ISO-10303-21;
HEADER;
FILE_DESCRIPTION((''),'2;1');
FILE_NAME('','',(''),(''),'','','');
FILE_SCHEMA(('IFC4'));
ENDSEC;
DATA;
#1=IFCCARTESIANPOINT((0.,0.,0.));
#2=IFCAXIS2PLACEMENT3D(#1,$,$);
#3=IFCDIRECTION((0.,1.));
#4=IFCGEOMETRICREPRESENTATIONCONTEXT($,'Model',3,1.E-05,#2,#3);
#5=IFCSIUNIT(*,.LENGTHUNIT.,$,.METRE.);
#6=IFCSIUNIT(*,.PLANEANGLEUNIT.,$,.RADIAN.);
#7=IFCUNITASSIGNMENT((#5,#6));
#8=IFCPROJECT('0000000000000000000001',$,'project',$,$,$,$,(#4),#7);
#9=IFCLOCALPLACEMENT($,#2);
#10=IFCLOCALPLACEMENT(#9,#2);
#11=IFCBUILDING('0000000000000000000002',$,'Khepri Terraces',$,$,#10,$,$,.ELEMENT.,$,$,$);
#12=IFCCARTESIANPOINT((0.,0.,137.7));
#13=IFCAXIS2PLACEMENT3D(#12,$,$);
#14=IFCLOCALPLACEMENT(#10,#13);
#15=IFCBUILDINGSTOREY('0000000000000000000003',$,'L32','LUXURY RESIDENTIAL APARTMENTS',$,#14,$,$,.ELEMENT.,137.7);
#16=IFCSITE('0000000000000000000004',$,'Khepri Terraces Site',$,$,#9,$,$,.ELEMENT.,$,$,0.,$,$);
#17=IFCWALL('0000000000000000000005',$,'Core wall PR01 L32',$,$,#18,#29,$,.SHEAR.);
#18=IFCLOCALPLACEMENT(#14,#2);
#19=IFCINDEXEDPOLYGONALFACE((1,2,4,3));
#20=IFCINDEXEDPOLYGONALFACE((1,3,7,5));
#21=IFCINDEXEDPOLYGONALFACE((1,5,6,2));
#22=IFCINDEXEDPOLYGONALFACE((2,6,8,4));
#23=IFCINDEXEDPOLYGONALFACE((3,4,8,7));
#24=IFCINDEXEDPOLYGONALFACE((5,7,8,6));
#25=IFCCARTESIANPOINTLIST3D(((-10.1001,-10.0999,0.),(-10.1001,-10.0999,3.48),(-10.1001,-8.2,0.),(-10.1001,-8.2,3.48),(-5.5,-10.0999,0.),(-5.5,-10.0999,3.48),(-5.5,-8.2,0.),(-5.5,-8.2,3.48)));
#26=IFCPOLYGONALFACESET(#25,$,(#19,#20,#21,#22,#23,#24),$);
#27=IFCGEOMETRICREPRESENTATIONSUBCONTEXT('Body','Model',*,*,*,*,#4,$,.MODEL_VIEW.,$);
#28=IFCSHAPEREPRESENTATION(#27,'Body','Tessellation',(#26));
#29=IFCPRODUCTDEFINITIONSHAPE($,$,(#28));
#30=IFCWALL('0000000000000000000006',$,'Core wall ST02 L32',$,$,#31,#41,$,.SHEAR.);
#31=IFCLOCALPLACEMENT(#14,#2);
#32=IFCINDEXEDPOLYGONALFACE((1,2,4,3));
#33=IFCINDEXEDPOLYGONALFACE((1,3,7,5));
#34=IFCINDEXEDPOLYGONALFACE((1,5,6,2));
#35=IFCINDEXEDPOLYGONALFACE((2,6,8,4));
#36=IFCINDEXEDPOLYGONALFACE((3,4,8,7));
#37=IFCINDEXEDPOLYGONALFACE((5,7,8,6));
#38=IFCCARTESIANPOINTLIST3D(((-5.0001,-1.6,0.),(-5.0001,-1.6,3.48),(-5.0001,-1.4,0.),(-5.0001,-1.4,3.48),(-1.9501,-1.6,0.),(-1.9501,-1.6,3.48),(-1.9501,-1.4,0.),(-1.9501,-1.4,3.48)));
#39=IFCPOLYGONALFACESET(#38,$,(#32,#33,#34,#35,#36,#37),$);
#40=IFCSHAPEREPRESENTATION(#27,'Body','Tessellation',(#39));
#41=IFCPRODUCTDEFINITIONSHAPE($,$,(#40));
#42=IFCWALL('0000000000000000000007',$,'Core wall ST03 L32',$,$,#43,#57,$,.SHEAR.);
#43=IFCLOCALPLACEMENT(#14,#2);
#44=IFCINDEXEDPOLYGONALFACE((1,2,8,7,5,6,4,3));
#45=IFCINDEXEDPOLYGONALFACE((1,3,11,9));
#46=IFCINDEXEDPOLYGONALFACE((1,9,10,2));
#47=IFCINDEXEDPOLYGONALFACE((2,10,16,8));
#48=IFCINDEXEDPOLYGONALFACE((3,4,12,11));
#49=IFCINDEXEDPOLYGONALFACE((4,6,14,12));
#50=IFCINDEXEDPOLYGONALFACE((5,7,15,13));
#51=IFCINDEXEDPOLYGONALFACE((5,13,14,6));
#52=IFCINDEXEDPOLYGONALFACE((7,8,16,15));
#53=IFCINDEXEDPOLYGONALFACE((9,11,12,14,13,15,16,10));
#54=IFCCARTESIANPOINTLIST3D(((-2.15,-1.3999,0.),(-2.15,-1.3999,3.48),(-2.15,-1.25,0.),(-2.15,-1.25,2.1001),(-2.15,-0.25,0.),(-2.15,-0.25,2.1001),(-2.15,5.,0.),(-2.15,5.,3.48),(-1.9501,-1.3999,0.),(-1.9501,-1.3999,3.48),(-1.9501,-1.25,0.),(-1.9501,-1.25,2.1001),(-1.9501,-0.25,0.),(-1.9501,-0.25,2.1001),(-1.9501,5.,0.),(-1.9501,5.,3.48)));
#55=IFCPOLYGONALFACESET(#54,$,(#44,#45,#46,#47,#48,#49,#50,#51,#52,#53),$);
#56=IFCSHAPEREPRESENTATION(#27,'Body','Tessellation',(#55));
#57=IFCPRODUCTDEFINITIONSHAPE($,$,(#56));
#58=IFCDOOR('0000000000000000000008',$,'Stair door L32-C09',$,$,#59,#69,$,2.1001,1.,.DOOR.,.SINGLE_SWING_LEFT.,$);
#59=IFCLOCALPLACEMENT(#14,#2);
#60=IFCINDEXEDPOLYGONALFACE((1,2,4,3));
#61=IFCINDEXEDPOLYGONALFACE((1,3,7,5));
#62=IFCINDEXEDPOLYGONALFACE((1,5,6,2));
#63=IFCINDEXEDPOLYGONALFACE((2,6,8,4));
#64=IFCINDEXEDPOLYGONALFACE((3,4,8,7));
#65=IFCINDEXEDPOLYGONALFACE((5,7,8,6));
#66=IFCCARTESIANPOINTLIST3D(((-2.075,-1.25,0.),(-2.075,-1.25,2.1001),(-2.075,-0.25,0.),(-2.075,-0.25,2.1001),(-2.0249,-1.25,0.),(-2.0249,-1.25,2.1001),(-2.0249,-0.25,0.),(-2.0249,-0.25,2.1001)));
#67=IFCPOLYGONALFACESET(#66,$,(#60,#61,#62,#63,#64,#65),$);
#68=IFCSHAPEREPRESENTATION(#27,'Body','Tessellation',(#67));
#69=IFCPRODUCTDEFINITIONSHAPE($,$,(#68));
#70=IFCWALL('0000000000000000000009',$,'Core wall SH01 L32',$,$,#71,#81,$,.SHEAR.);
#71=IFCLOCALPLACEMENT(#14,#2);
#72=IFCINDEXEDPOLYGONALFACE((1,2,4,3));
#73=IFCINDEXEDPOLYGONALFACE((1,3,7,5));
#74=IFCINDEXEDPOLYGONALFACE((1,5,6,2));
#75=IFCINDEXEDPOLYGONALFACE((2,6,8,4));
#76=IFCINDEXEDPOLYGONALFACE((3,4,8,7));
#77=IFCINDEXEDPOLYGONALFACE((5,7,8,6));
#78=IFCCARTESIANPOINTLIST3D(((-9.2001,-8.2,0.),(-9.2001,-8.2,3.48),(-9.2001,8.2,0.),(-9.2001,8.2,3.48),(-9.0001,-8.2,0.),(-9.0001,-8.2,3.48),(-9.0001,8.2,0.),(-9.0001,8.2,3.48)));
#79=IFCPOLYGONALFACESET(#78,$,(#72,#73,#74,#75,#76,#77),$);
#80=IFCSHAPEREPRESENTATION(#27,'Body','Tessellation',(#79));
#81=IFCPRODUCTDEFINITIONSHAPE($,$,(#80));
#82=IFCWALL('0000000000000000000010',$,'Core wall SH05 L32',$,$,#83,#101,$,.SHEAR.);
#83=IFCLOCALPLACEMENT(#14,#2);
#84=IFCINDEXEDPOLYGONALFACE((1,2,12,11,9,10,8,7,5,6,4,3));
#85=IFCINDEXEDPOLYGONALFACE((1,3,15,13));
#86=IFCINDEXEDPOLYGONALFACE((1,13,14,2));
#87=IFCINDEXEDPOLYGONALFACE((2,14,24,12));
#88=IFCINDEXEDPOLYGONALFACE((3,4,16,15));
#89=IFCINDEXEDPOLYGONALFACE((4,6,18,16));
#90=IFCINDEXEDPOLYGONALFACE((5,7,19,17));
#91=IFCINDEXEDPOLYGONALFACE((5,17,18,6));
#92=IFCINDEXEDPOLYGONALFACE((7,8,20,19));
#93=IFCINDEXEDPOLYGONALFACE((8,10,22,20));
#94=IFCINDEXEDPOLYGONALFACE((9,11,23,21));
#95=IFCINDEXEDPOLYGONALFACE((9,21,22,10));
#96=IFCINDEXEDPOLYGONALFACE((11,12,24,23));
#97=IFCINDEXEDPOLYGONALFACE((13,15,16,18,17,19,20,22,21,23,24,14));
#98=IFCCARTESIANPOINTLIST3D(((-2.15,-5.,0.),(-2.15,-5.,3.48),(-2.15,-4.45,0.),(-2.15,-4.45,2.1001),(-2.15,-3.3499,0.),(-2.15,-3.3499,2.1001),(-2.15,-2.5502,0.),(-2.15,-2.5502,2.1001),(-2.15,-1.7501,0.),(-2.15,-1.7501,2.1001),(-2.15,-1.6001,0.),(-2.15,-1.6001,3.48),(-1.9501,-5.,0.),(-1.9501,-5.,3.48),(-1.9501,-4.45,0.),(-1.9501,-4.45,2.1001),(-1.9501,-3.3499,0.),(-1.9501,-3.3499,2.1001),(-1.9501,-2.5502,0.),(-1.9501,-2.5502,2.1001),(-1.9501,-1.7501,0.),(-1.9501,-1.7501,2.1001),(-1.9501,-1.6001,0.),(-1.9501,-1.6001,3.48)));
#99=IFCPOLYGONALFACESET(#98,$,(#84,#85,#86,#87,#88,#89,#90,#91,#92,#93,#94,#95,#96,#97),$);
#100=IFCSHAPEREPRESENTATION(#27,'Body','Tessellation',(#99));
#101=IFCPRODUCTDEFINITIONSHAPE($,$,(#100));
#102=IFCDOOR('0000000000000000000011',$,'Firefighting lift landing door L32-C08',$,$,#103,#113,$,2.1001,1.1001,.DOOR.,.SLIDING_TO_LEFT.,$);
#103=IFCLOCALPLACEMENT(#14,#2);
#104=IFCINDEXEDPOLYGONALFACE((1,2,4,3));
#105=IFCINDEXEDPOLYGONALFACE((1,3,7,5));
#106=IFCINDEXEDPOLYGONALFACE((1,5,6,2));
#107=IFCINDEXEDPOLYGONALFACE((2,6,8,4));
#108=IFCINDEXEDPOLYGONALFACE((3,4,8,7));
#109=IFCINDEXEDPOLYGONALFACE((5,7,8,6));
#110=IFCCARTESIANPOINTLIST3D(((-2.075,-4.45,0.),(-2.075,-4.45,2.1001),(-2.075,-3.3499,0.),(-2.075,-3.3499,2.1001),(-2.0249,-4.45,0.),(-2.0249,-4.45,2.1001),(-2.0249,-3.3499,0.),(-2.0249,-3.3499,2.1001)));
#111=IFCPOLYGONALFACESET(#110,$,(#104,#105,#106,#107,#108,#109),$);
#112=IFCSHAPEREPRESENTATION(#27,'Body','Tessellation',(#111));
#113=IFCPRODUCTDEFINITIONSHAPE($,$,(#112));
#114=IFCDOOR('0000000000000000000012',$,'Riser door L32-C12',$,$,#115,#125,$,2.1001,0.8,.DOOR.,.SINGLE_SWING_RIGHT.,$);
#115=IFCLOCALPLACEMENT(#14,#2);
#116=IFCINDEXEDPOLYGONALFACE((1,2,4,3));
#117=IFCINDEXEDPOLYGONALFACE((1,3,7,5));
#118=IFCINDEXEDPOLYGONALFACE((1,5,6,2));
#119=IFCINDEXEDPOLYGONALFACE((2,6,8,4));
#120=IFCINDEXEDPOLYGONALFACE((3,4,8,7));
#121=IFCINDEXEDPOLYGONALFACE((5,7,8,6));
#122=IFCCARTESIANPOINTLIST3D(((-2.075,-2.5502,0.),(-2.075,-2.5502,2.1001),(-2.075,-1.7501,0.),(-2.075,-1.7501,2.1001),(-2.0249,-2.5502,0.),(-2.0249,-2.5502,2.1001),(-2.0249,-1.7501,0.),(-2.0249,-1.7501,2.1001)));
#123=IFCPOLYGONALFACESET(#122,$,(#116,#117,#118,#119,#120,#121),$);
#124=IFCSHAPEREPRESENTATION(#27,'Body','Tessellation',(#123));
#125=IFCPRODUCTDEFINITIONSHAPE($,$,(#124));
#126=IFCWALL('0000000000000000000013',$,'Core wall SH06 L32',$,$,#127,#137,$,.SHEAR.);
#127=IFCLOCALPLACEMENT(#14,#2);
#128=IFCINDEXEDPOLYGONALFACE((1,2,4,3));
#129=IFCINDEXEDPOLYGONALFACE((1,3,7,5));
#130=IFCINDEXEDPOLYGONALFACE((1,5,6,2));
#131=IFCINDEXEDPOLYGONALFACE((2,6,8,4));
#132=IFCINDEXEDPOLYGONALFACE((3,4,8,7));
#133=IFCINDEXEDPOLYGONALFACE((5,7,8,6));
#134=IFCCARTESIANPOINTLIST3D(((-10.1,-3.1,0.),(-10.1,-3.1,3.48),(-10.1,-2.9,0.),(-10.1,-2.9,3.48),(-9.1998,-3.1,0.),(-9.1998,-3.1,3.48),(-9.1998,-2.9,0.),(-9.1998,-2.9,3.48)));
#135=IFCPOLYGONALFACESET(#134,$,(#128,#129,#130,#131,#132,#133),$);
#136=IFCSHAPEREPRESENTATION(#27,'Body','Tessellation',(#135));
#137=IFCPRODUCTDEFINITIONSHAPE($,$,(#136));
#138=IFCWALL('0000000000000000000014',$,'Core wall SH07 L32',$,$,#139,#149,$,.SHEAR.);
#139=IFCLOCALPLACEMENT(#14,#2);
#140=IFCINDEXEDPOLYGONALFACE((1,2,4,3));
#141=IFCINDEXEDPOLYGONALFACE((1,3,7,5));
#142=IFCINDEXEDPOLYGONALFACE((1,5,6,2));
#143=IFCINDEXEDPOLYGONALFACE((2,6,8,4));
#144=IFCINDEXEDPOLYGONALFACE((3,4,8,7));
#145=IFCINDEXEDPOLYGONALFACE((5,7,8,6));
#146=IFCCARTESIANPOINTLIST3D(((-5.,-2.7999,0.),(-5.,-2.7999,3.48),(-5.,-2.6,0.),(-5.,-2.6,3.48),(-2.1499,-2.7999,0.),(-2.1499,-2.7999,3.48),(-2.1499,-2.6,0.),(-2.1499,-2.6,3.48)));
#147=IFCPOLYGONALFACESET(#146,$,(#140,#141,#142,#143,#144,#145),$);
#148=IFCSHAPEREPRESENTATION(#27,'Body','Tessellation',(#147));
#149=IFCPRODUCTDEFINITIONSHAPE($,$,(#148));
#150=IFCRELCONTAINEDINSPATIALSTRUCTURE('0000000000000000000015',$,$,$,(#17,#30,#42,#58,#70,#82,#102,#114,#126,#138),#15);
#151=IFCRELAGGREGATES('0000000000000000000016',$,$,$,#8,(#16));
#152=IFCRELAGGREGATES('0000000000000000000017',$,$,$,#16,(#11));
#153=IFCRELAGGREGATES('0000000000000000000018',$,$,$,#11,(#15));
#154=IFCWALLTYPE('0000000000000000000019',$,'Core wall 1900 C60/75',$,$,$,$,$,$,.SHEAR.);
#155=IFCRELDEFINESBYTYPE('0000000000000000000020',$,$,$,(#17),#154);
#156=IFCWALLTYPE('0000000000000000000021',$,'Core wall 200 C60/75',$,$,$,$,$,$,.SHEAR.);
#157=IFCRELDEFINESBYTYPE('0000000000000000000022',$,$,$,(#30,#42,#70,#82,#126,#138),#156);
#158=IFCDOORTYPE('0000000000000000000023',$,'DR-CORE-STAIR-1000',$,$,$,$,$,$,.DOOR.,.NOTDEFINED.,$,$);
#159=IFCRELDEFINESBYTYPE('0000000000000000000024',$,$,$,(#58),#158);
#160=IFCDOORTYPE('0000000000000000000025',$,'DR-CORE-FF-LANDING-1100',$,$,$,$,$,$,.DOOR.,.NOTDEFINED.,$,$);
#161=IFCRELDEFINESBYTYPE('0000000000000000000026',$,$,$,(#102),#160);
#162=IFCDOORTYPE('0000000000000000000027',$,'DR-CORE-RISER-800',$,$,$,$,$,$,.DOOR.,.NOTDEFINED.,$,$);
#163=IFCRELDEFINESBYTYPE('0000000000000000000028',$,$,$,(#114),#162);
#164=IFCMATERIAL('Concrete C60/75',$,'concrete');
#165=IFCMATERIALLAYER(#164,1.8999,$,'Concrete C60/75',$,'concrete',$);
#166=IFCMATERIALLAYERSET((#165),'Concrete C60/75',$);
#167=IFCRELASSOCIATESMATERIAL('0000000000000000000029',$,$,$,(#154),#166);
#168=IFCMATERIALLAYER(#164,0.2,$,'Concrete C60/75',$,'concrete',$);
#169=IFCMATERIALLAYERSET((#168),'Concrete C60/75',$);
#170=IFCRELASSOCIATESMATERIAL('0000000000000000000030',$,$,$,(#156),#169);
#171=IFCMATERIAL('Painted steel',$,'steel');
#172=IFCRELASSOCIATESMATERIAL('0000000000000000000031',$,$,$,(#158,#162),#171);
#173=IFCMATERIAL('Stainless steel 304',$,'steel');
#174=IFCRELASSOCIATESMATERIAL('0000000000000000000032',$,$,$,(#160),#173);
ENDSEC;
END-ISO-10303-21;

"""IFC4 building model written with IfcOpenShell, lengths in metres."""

from ifc_helpers import new_model, si_unit, direction, frame, frame_2d, origin, place, context, subcontext, project, spatial, rectangle, extrude, material, layer, layer_set, type_object, element, fill, save


model = new_model("IFC4")

# Units and contexts
model_context = context("Model", 3, precision=1e-05, world=origin(), true_north=direction((0.0, 1.0)))
body_context = subcontext(model_context, "Body", "Model", "MODEL_VIEW")
ifc_project = project(units=[si_unit("LENGTHUNIT", "METRE"), si_unit("PLANEANGLEUNIT", "RADIAN")], contexts=[model_context])

# Site, building, storey
site_placement = place(None, origin())
site = spatial("IfcSite", under=ifc_project, at=site_placement, Name="Khepri Terraces Site", CompositionType="ELEMENT", RefElevation=0.0)
building_placement = place(site_placement, origin())
building = spatial("IfcBuilding", under=site, at=building_placement, Name="Khepri Terraces", CompositionType="ELEMENT")
storey_placement = place(building_placement, frame((0.0, 0.0, 137.7)))
storey = spatial("IfcBuildingStorey", under=building, at=storey_placement, Name="L32", Description="LUXURY RESIDENTIAL APARTMENTS", CompositionType="ELEMENT", Elevation=137.7)

# Walls
ifc_material_1 = material(Name="Concrete C60/75", Category="concrete")
ifc_layer_1 = layer(ifc_material_1, 1.8999, Name="Concrete C60/75", Category="concrete")
ifc_layer_set_1 = layer_set([ifc_layer_1], Name="Concrete C60/75")
wall_type_1 = type_object("IfcWallType", Name="Core wall 1900 C60/75", PredefinedType="SHEAR", material=ifc_layer_set_1)
wall_1_placement = place(storey_placement, frame((-10.1001, -9.1499, 0.0), z_axis=(0.0, 0.0, 1.0), x_axis=(1.0, 0.0, 0.0)))
element("IfcWall", 1, at=wall_1_placement, inside=storey, type_object=wall_type_1, Name="Core wall PR01 L32", PredefinedType="SHEAR", context=body_context, shape_type="SweptSolid", body=[
    extrude(rectangle(XDim=4.6001, YDim=1.8999, at=frame_2d((2.3, 0.0))), origin(), (0.0, 0.0, 1.0), 3.48),
])
ifc_layer_2 = layer(ifc_material_1, 0.2, Name="Concrete C60/75", Category="concrete")
ifc_layer_set_2 = layer_set([ifc_layer_2], Name="Concrete C60/75")
wall_type_2 = type_object("IfcWallType", Name="Core wall 200 C60/75", PredefinedType="SHEAR", material=ifc_layer_set_2)
wall_2_placement = place(storey_placement, frame((-5.0, -1.5, 0.0), z_axis=(0.0, 0.0, 1.0), x_axis=(1.0, 0.0, 0.0)))
element("IfcWall", 2, at=wall_2_placement, inside=storey, type_object=wall_type_2, Name="Core wall ST02 L32", PredefinedType="SHEAR", context=body_context, shape_type="SweptSolid", body=[
    extrude(rectangle(XDim=3.05, YDim=0.2, at=frame_2d((1.5249, 0.0))), origin(), (0.0, 0.0, 1.0), 3.48),
])

# Wall, opening, door
wall_3_placement = place(storey_placement, frame((-2.05, -1.3999, 0.0), z_axis=(0.0, 0.0, 1.0), x_axis=(0.0, 1.0, 0.0)))
wall_3 = element("IfcWall", 3, at=wall_3_placement, inside=storey, type_object=wall_type_2, Name="Core wall ST03 L32", PredefinedType="SHEAR", context=body_context, shape_type="SweptSolid", body=[
    extrude(rectangle(XDim=6.3999, YDim=0.2, at=frame_2d((3.2, 0.0))), origin(), (0.0, 0.0, 1.0), 3.48),
])
opening_1_placement = place(wall_3_placement, frame((0.1499, 0.0, 0.0)))
opening_1 = element("IfcOpeningElement", 4, at=opening_1_placement, cuts=wall_3, PredefinedType="OPENING", context=body_context, shape_type="SweptSolid", body=[
    extrude(rectangle(XDim=1.0, YDim=2.1001, at=frame_2d((0.5, 1.05))), frame((0.0, 0.1099, 0.0), z_axis=(0.0, -1.0, 0.0), x_axis=(1.0, 0.0, 0.0)), (0.0, 0.0, 1.0), 0.22),
])
ifc_material_2 = material(Name="Painted steel", Category="steel")
door_type_1 = type_object("IfcDoorType", Name="DR-CORE-STAIR-1000", OperationType="NOTDEFINED", PredefinedType="DOOR", material=ifc_material_2)
door_1_placement = place(opening_1_placement, origin())
door_1 = element("IfcDoor", 5, at=door_1_placement, inside=storey, type_object=door_type_1, Name="Stair door L32-C09", OperationType="SINGLE_SWING_LEFT", OverallHeight=2.1001, OverallWidth=1.0, PredefinedType="DOOR", context=body_context, shape_type="SweptSolid", body=[
    extrude(rectangle(XDim=1.0, YDim=2.1001, at=frame_2d((0.5, 1.05))), frame((0.0, 0.0249, 0.0), z_axis=(0.0, -1.0, 0.0), x_axis=(1.0, 0.0, 0.0)), (0.0, 0.0, 1.0), 0.05),
])
fill(opening_1, door_1)

# Wall
wall_4_placement = place(storey_placement, frame((-9.1001, -8.2, 0.0), z_axis=(0.0, 0.0, 1.0), x_axis=(0.0, 1.0, 0.0)))
element("IfcWall", 6, at=wall_4_placement, inside=storey, type_object=wall_type_2, Name="Core wall SH01 L32", PredefinedType="SHEAR", context=body_context, shape_type="SweptSolid", body=[
    extrude(rectangle(XDim=16.3999, YDim=0.2, at=frame_2d((8.2, 0.0))), origin(), (0.0, 0.0, 1.0), 3.48),
])

# Wall, openings, doors
wall_5_placement = place(storey_placement, frame((-2.05, -5.0, 0.0), z_axis=(0.0, 0.0, 1.0), x_axis=(0.0, 1.0, 0.0)))
wall_5 = element("IfcWall", 7, at=wall_5_placement, inside=storey, type_object=wall_type_2, Name="Core wall SH05 L32", PredefinedType="SHEAR", context=body_context, shape_type="SweptSolid", body=[
    extrude(rectangle(XDim=3.3999, YDim=0.2, at=frame_2d((1.7, 0.0))), origin(), (0.0, 0.0, 1.0), 3.48),
])
opening_2_placement = place(wall_5_placement, frame((0.55, 0.0, 0.0)))
opening_2 = element("IfcOpeningElement", 8, at=opening_2_placement, cuts=wall_5, PredefinedType="OPENING", context=body_context, shape_type="SweptSolid", body=[
    extrude(rectangle(XDim=1.1001, YDim=2.1001, at=frame_2d((0.55, 1.05))), frame((0.0, 0.1099, 0.0), z_axis=(0.0, -1.0, 0.0), x_axis=(1.0, 0.0, 0.0)), (0.0, 0.0, 1.0), 0.22),
])
opening_3_placement = place(wall_5_placement, frame((2.45, 0.0, 0.0)))
opening_3 = element("IfcOpeningElement", 9, at=opening_3_placement, cuts=wall_5, PredefinedType="OPENING", context=body_context, shape_type="SweptSolid", body=[
    extrude(rectangle(XDim=0.8, YDim=2.1001, at=frame_2d((0.3999, 1.05))), frame((0.0, 0.1099, 0.0), z_axis=(0.0, -1.0, 0.0), x_axis=(1.0, 0.0, 0.0)), (0.0, 0.0, 1.0), 0.22),
])
ifc_material_3 = material(Name="Stainless steel 304", Category="steel")
door_type_2 = type_object("IfcDoorType", Name="DR-CORE-FF-LANDING-1100", OperationType="NOTDEFINED", PredefinedType="DOOR", material=ifc_material_3)
door_2_placement = place(opening_2_placement, origin())
door_2 = element("IfcDoor", 10, at=door_2_placement, inside=storey, type_object=door_type_2, Name="Firefighting lift landing door L32-C08", OperationType="SLIDING_TO_LEFT", OverallHeight=2.1001, OverallWidth=1.1001, PredefinedType="DOOR", context=body_context, shape_type="SweptSolid", body=[
    extrude(rectangle(XDim=1.1001, YDim=2.1001, at=frame_2d((0.55, 1.05))), frame((0.0, 0.0249, 0.0), z_axis=(0.0, -1.0, 0.0), x_axis=(1.0, 0.0, 0.0)), (0.0, 0.0, 1.0), 0.05),
])
fill(opening_2, door_2)
door_type_3 = type_object("IfcDoorType", Name="DR-CORE-RISER-800", OperationType="NOTDEFINED", PredefinedType="DOOR", material=ifc_material_2)
door_3_placement = place(opening_3_placement, origin())
door_3 = element("IfcDoor", 11, at=door_3_placement, inside=storey, type_object=door_type_3, Name="Riser door L32-C12", OperationType="SINGLE_SWING_RIGHT", OverallHeight=2.1001, OverallWidth=0.8, PredefinedType="DOOR", context=body_context, shape_type="SweptSolid", body=[
    extrude(rectangle(XDim=0.8, YDim=2.1001, at=frame_2d((0.3999, 1.05))), frame((0.0, 0.0249, 0.0), z_axis=(0.0, -1.0, 0.0), x_axis=(1.0, 0.0, 0.0)), (0.0, 0.0, 1.0), 0.05),
])
fill(opening_3, door_3)

# Walls
wall_6_placement = place(storey_placement, frame((-10.1001, -3.0, 0.0), z_axis=(0.0, 0.0, 1.0), x_axis=(1.0, 0.0, 0.0)))
element("IfcWall", 12, at=wall_6_placement, inside=storey, type_object=wall_type_2, Name="Core wall SH06 L32", PredefinedType="SHEAR", context=body_context, shape_type="SweptSolid", body=[
    extrude(rectangle(XDim=0.9001, YDim=0.2, at=frame_2d((0.4502, 0.0))), origin(), (0.0, 0.0, 1.0), 3.48),
])
wall_7_placement = place(storey_placement, frame((-5.0, -2.7, 0.0), z_axis=(0.0, 0.0, 1.0), x_axis=(1.0, 0.0, 0.0)))
element("IfcWall", 13, at=wall_7_placement, inside=storey, type_object=wall_type_2, Name="Core wall SH07 L32", PredefinedType="SHEAR", context=body_context, shape_type="SweptSolid", body=[
    extrude(rectangle(XDim=2.8501, YDim=0.2, at=frame_2d((1.425, 0.0))), origin(), (0.0, 0.0, 1.0), 3.48),
])

save(model, "model.ifc")
